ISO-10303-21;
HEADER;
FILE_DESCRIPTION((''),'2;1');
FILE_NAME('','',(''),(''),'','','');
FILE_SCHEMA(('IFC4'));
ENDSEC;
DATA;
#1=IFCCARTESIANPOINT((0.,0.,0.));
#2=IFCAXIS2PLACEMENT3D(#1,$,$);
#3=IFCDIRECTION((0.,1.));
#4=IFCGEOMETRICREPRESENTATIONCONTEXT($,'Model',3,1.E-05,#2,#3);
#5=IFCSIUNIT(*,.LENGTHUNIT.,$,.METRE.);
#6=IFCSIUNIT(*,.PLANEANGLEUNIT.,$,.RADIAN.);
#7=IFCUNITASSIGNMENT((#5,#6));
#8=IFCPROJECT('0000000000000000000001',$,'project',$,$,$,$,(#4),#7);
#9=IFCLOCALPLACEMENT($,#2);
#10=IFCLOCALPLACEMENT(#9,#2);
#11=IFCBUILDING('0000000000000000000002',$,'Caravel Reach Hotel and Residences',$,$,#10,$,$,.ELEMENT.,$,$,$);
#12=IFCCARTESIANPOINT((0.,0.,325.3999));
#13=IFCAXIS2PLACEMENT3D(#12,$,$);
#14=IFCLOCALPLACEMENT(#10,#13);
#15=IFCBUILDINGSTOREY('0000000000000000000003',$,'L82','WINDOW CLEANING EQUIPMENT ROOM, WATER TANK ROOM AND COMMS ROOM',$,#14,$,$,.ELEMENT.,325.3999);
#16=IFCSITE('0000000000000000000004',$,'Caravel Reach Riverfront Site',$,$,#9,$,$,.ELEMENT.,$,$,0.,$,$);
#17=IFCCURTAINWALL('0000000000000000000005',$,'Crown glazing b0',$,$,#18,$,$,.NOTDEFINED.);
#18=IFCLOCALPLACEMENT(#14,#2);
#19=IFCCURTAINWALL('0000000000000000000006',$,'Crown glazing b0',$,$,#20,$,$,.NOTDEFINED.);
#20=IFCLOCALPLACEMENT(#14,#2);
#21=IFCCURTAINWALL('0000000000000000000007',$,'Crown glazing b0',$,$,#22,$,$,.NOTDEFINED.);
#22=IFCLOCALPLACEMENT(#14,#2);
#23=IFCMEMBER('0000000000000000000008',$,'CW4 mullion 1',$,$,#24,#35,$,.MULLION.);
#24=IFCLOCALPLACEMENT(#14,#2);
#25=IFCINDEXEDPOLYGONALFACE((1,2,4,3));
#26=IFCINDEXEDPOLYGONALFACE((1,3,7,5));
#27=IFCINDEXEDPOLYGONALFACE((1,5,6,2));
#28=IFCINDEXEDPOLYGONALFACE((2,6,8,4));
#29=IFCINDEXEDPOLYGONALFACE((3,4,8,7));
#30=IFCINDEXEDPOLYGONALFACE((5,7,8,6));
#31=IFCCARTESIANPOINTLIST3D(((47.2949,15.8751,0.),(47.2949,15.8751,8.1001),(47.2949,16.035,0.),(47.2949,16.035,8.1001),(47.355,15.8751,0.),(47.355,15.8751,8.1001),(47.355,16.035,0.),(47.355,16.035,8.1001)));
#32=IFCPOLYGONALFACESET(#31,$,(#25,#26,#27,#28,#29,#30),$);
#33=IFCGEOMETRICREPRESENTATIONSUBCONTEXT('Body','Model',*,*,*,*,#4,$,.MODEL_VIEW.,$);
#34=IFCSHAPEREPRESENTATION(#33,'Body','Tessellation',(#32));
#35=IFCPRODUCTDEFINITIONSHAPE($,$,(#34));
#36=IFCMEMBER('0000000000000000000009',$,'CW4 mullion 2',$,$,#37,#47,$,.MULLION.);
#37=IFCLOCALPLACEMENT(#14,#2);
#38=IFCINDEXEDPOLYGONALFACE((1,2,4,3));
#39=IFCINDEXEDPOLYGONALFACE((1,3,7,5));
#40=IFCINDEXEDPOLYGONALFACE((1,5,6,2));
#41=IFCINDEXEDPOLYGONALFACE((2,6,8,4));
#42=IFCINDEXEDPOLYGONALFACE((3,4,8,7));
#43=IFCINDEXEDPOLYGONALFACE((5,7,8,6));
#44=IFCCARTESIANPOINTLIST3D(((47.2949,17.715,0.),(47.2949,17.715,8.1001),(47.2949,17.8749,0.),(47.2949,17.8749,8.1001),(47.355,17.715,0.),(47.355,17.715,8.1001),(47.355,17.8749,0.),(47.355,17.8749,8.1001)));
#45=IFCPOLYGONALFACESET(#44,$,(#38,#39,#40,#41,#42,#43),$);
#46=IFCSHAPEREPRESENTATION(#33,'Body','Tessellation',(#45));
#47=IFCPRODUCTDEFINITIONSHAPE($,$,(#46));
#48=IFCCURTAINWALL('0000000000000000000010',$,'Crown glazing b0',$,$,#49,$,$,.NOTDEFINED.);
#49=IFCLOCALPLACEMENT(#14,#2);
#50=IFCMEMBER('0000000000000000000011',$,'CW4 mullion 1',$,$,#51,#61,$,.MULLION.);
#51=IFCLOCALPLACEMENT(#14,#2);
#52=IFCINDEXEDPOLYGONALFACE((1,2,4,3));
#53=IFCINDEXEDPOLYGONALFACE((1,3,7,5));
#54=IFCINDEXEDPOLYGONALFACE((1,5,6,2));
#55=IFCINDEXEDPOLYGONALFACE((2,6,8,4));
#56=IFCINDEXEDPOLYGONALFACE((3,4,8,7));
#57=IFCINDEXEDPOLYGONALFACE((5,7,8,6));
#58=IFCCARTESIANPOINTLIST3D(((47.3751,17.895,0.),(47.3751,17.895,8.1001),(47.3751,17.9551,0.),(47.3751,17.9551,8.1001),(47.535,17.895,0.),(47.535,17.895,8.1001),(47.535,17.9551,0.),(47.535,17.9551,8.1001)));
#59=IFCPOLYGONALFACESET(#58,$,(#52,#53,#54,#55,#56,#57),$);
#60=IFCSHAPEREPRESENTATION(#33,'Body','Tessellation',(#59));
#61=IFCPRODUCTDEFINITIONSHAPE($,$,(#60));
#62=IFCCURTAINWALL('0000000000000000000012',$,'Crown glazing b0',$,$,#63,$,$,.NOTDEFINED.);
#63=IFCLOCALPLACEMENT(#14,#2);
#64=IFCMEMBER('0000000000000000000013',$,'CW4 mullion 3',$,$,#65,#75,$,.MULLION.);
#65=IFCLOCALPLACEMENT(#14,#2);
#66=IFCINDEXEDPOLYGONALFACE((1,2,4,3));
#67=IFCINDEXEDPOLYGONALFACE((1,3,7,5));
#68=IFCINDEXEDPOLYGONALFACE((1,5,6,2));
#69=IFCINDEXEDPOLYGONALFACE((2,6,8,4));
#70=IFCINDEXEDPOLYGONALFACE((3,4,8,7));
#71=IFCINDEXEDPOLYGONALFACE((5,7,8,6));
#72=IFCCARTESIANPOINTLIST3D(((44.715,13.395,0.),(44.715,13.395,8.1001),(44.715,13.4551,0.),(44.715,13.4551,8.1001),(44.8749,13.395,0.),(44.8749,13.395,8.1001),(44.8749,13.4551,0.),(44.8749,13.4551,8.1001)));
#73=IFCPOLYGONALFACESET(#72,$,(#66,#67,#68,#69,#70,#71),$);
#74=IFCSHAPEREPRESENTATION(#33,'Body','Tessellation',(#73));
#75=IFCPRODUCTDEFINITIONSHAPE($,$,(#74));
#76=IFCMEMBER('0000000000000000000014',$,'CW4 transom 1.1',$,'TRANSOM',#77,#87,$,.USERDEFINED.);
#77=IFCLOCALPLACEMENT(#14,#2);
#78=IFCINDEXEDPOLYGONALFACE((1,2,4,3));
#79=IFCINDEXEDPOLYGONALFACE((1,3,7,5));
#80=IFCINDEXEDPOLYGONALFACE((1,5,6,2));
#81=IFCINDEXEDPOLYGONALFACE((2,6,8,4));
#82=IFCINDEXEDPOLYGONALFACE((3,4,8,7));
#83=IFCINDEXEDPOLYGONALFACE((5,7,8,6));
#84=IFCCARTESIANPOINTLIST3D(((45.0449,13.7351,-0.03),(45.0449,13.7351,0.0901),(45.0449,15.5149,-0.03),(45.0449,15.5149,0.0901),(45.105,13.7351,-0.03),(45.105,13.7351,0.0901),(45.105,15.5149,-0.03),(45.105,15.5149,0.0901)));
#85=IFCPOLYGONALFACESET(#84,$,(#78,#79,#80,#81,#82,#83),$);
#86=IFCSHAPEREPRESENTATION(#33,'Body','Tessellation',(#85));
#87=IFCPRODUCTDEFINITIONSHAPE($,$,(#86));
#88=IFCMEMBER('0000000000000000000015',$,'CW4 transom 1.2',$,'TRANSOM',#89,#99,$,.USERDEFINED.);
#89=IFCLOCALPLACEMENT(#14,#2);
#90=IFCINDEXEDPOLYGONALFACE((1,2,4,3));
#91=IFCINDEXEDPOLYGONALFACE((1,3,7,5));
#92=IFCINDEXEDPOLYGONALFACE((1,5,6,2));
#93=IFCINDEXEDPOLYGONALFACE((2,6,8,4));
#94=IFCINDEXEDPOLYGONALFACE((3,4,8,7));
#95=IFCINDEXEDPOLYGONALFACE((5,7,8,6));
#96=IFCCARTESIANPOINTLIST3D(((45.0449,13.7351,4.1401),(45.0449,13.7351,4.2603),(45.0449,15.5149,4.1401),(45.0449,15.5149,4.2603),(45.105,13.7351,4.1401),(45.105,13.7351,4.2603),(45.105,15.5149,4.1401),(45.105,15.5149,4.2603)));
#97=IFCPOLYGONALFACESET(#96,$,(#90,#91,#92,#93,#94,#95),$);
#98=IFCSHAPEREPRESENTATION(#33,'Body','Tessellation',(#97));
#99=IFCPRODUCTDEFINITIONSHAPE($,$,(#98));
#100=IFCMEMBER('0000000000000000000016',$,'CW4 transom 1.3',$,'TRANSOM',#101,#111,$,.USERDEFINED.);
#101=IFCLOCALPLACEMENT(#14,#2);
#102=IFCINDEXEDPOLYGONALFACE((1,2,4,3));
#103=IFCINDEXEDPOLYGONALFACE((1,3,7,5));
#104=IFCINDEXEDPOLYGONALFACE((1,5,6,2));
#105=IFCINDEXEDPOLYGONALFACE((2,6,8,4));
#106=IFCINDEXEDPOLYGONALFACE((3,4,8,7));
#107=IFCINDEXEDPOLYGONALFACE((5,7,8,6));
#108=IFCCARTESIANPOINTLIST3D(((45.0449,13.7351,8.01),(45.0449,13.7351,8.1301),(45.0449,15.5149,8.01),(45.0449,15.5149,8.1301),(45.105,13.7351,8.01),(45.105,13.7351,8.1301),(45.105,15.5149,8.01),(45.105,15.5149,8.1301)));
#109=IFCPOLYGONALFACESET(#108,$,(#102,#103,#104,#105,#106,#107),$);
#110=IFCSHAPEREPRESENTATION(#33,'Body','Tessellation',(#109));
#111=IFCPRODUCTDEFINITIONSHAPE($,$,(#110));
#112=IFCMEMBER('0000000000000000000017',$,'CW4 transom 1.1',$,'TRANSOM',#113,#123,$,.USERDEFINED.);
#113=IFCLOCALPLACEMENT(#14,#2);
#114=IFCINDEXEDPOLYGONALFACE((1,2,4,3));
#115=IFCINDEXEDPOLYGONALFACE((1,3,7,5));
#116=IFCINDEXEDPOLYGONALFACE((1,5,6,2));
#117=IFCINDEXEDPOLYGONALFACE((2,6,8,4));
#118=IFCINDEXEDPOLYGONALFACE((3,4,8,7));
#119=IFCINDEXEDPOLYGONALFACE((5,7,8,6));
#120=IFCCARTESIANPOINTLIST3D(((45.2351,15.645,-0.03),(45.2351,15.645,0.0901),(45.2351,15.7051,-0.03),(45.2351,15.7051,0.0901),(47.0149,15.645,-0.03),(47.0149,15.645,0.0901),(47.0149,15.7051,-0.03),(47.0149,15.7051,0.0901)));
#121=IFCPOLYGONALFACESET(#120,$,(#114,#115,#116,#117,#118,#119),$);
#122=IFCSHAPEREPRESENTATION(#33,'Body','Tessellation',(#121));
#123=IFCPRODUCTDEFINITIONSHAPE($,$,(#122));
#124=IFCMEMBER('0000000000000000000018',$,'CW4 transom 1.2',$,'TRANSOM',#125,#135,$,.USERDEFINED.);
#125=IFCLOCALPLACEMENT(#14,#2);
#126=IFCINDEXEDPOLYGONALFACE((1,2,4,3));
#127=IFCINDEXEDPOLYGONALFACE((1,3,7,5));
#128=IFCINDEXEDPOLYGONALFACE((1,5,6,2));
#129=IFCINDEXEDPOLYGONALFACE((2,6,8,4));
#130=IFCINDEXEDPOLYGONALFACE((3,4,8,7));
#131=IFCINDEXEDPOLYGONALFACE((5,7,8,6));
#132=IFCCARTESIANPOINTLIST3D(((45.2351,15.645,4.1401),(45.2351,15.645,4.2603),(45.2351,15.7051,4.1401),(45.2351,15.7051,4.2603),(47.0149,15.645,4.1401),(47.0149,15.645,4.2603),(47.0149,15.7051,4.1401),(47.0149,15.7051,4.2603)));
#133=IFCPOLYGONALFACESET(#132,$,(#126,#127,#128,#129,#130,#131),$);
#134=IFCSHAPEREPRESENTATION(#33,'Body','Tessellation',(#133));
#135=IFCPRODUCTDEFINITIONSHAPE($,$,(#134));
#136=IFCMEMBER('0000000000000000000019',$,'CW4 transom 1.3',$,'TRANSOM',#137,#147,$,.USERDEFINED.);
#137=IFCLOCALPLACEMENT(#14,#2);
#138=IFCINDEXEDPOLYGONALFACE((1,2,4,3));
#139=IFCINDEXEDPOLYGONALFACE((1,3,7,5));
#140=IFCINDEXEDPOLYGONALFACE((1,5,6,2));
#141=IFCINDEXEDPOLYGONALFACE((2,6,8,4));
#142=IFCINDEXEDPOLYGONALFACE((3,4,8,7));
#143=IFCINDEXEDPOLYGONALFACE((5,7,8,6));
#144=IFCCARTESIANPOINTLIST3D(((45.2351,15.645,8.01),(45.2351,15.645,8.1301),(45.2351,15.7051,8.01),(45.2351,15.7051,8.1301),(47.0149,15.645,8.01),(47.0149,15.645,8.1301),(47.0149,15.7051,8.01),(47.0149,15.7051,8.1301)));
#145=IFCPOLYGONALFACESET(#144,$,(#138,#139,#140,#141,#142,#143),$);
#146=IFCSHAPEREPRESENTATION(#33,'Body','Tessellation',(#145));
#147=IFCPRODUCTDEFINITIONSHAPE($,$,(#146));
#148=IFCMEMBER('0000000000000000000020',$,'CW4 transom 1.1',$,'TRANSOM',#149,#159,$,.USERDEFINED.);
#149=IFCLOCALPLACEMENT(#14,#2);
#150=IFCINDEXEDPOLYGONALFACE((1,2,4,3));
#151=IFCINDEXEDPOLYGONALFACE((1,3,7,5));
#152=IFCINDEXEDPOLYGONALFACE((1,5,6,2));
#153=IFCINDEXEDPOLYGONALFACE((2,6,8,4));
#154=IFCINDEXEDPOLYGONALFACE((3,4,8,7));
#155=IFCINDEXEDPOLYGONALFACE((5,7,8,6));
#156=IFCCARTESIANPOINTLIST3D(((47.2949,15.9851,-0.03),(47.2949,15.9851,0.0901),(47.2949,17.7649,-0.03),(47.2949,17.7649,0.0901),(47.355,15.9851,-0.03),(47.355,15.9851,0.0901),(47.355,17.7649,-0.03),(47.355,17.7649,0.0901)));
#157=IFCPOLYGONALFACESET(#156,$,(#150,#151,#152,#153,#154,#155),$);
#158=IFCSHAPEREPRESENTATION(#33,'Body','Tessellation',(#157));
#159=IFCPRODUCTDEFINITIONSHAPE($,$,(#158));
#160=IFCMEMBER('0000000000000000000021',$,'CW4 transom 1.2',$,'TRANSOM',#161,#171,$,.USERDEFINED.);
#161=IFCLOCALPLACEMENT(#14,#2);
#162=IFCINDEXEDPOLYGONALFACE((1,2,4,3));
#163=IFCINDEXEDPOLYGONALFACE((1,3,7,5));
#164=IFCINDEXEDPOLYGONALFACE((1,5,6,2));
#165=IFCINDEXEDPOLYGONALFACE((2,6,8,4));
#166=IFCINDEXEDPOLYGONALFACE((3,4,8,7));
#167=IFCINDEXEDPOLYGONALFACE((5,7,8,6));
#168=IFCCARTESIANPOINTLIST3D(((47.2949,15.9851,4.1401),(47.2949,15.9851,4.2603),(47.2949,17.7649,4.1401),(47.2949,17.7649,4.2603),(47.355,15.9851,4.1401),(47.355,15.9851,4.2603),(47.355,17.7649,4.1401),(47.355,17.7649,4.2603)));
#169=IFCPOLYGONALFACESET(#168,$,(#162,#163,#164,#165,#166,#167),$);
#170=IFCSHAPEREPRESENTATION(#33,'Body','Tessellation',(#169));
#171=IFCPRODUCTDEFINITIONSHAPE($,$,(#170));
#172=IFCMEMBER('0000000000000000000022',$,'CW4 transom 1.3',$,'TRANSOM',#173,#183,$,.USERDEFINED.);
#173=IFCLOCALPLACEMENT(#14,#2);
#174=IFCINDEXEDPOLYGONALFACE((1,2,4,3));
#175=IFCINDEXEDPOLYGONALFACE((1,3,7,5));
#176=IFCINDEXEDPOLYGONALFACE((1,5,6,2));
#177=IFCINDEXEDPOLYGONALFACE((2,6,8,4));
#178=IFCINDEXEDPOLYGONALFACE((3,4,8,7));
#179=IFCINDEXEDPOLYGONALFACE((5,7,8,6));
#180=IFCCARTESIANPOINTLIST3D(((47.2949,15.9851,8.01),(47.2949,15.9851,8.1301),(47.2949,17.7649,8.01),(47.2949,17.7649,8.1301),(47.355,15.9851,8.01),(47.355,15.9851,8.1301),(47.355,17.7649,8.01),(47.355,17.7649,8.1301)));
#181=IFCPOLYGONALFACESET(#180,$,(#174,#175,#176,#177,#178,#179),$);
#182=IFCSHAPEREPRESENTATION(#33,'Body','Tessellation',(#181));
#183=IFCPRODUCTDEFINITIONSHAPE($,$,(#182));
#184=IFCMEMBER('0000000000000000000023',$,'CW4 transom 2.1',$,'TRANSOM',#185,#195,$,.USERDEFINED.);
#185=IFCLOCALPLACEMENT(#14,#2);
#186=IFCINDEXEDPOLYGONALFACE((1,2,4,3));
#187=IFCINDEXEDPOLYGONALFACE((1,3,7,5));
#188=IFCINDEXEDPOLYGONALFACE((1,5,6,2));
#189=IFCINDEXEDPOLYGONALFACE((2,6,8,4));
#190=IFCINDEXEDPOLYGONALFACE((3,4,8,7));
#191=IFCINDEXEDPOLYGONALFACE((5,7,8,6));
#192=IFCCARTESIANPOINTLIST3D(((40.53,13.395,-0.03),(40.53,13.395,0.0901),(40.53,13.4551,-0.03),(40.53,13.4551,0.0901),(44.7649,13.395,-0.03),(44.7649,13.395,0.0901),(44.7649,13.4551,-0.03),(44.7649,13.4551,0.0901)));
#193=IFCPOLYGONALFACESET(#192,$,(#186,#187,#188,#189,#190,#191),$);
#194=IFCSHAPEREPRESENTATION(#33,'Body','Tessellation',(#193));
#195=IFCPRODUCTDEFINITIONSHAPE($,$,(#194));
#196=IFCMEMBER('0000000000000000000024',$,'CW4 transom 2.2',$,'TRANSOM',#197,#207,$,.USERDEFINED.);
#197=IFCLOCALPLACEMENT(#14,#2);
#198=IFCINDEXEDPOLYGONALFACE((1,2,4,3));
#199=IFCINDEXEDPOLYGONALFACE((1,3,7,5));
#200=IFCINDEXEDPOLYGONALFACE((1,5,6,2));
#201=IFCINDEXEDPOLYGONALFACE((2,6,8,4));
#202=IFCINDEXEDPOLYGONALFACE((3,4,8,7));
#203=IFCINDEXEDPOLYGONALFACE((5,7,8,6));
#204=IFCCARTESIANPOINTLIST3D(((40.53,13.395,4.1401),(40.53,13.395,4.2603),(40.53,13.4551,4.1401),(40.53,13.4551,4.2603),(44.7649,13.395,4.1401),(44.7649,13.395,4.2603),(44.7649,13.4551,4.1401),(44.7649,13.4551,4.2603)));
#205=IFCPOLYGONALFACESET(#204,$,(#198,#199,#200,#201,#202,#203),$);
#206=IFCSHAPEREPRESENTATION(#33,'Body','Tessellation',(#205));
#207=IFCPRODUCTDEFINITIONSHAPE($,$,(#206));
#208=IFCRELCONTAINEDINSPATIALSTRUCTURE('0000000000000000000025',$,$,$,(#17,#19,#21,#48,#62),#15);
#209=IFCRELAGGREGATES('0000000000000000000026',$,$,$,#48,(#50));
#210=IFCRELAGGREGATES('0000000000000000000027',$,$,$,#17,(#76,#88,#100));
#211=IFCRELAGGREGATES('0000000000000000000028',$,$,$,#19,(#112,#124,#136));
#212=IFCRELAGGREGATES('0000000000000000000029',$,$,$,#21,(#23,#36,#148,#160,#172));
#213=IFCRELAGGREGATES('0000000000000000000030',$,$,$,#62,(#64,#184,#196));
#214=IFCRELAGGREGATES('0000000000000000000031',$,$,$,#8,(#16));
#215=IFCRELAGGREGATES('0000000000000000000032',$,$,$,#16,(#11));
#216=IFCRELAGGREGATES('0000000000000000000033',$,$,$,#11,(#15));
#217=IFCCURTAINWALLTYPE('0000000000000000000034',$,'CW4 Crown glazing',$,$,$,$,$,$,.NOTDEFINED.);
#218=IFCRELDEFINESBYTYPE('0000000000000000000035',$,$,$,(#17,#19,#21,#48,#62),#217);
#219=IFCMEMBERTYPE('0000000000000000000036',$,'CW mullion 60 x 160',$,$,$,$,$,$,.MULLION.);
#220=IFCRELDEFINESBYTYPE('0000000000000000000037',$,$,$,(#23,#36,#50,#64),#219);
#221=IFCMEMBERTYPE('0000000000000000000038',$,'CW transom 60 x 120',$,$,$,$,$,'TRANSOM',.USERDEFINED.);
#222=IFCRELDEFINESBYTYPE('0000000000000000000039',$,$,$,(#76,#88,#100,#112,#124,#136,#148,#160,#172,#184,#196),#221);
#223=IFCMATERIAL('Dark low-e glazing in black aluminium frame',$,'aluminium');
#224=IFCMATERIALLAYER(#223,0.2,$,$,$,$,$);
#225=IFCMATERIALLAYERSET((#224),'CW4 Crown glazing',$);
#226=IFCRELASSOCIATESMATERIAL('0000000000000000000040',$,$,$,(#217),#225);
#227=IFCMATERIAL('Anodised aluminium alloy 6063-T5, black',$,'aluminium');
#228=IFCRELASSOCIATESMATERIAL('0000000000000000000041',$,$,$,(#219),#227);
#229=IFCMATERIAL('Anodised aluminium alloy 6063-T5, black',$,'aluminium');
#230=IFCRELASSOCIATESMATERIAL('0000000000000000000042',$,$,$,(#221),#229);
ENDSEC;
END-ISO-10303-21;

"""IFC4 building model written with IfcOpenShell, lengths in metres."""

from ifc_helpers import new_model, si_unit, direction, frame, origin, origin_2d, place, context, subcontext, project, spatial, rectangle, extrude, material, layer, layer_set, material_profile, profile_set, type_object, element, aggregate, save


model = new_model("IFC4")

# Units and contexts
model_context = context("Model", 3, precision=1e-05, world=origin(), true_north=direction((0.0, 1.0)))
body_context = subcontext(model_context, "Body", "Model", "MODEL_VIEW")
ifc_project = project(units=[si_unit("LENGTHUNIT", "METRE"), si_unit("PLANEANGLEUNIT", "RADIAN")], contexts=[model_context])

# Site, building, storey
site_placement = place(None, origin())
site = spatial("IfcSite", under=ifc_project, at=site_placement, Name="Caravel Reach Riverfront Site", CompositionType="ELEMENT", RefElevation=0.0)
building_placement = place(site_placement, origin())
building = spatial("IfcBuilding", under=site, at=building_placement, Name="Caravel Reach Hotel and Residences", CompositionType="ELEMENT")
storey_placement = place(building_placement, frame((0.0, 0.0, 325.3999)))
storey = spatial("IfcBuildingStorey", under=building, at=storey_placement, Name="L82", Description="WINDOW CLEANING EQUIPMENT ROOM, WATER TANK ROOM AND COMMS ROOM", CompositionType="ELEMENT", Elevation=325.3999)

# Curtain walls, members
ifc_material_1 = material(Name="Dark low-e glazing in black aluminium frame", Category="aluminium")
ifc_layer_1 = layer(ifc_material_1, 0.2)
ifc_layer_set_1 = layer_set([ifc_layer_1], Name="CW4 Crown glazing")
curtain_wall_type = type_object("IfcCurtainWallType", Name="CW4 Crown glazing", PredefinedType="NOTDEFINED", material=ifc_layer_set_1)
curtain_wall_1_placement = place(storey_placement, origin())
curtain_wall_1 = element("IfcCurtainWall", 1, at=curtain_wall_1_placement, inside=storey, type_object=curtain_wall_type, Name="Crown glazing b0", PredefinedType="NOTDEFINED")
ifc_material_2 = material(Name="Anodised aluminium alloy 6063-T5, black", Category="aluminium")
ifc_material_profile_1 = material_profile(ifc_material_2, rectangle(XDim=0.0601, YDim=0.1599, at=origin_2d()), Name="CW mullion 60 x 160")
ifc_profile_set_1 = profile_set([ifc_material_profile_1], Name="Anodised aluminium alloy 6063-T5, black")
member_type_1 = type_object("IfcMemberType", Name="CW mullion 60 x 160", PredefinedType="MULLION", material=ifc_profile_set_1)
curtain_wall_2_placement = place(storey_placement, origin())
curtain_wall_2 = element("IfcCurtainWall", 2, at=curtain_wall_2_placement, inside=storey, type_object=curtain_wall_type, Name="Crown glazing b0", PredefinedType="NOTDEFINED")
curtain_wall_3_placement = place(storey_placement, origin())
curtain_wall_3 = element("IfcCurtainWall", 3, at=curtain_wall_3_placement, inside=storey, type_object=curtain_wall_type, Name="Crown glazing b0", PredefinedType="NOTDEFINED")
member_1_placement = place(storey_placement, frame((47.325, 15.9551, 0.0), z_axis=(0.0, 0.0, 1.0), x_axis=(-1.0, 0.0, 0.0)))
member_1 = element("IfcMember", 4, at=member_1_placement, type_object=member_type_1, Name="CW4 mullion 1", PredefinedType="MULLION", context=body_context, shape_type="SweptSolid", body=[
    extrude(rectangle(XDim=0.0601, YDim=0.1599, at=origin_2d()), origin(), (0.0, 0.0, 1.0), 8.1001),
])
member_2_placement = place(storey_placement, frame((47.325, 17.7949, 0.0), z_axis=(0.0, 0.0, 1.0), x_axis=(-1.0, 0.0, 0.0)))
member_2 = element("IfcMember", 5, at=member_2_placement, type_object=member_type_1, Name="CW4 mullion 2", PredefinedType="MULLION", context=body_context, shape_type="SweptSolid", body=[
    extrude(rectangle(XDim=0.0601, YDim=0.1599, at=origin_2d()), origin(), (0.0, 0.0, 1.0), 8.1001),
])

# Curtain walls, members
curtain_wall_4_placement = place(storey_placement, origin())
curtain_wall_4 = element("IfcCurtainWall", 6, at=curtain_wall_4_placement, inside=storey, type_object=curtain_wall_type, Name="Crown glazing b0", PredefinedType="NOTDEFINED")
member_3_placement = place(storey_placement, frame((47.4551, 17.925, 0.0), z_axis=(0.0, 0.0, 1.0), x_axis=(0.0, 1.0, 0.0)))
member_3 = element("IfcMember", 7, at=member_3_placement, type_object=member_type_1, Name="CW4 mullion 1", PredefinedType="MULLION", context=body_context, shape_type="SweptSolid", body=[
    extrude(rectangle(XDim=0.0601, YDim=0.1599, at=origin_2d()), origin(), (0.0, 0.0, 1.0), 8.1001),
])
aggregate(curtain_wall_4, [member_3])
curtain_wall_5_placement = place(storey_placement, origin())
curtain_wall_5 = element("IfcCurtainWall", 8, at=curtain_wall_5_placement, inside=storey, type_object=curtain_wall_type, Name="Crown glazing b0", PredefinedType="NOTDEFINED")
member_4_placement = place(storey_placement, frame((44.7949, 13.425, 0.0), z_axis=(0.0, 0.0, 1.0), x_axis=(0.0, 1.0, 0.0)))
member_4 = element("IfcMember", 9, at=member_4_placement, type_object=member_type_1, Name="CW4 mullion 3", PredefinedType="MULLION", context=body_context, shape_type="SweptSolid", body=[
    extrude(rectangle(XDim=0.0601, YDim=0.1599, at=origin_2d()), origin(), (0.0, 0.0, 1.0), 8.1001),
])

# Members
ifc_material_3 = material(Name="Anodised aluminium alloy 6063-T5, black", Category="aluminium")
ifc_material_profile_2 = material_profile(ifc_material_3, rectangle(XDim=0.0601, YDim=0.1201, at=origin_2d()), Name="CW transom 60 x 120")
ifc_profile_set_2 = profile_set([ifc_material_profile_2], Name="Anodised aluminium alloy 6063-T5, black")
member_type_2 = type_object("IfcMemberType", Name="CW transom 60 x 120", ElementType="TRANSOM", PredefinedType="USERDEFINED", material=ifc_profile_set_2)
member_5_placement = place(storey_placement, frame((45.075, 13.7351, 0.03), z_axis=(0.0, 1.0, 0.0), x_axis=(-1.0, 0.0, 0.0)))
member_5 = element("IfcMember", 10, at=member_5_placement, type_object=member_type_2, Name="CW4 transom 1.1", ObjectType="TRANSOM", PredefinedType="USERDEFINED", context=body_context, shape_type="SweptSolid", body=[
    extrude(rectangle(XDim=0.0601, YDim=0.1201, at=origin_2d()), origin(), (0.0, 0.0, 1.0), 1.7798),
])
member_6_placement = place(storey_placement, frame((45.075, 13.7351, 4.2002), z_axis=(0.0, 1.0, 0.0), x_axis=(-1.0, 0.0, 0.0)))
member_6 = element("IfcMember", 11, at=member_6_placement, type_object=member_type_2, Name="CW4 transom 1.2", ObjectType="TRANSOM", PredefinedType="USERDEFINED", context=body_context, shape_type="SweptSolid", body=[
    extrude(rectangle(XDim=0.0601, YDim=0.1201, at=origin_2d()), origin(), (0.0, 0.0, 1.0), 1.7798),
])
member_7_placement = place(storey_placement, frame((45.075, 13.7351, 8.0701), z_axis=(0.0, 1.0, 0.0), x_axis=(-1.0, 0.0, 0.0)))
member_7 = element("IfcMember", 12, at=member_7_placement, type_object=member_type_2, Name="CW4 transom 1.3", ObjectType="TRANSOM", PredefinedType="USERDEFINED", context=body_context, shape_type="SweptSolid", body=[
    extrude(rectangle(XDim=0.0601, YDim=0.1201, at=origin_2d()), origin(), (0.0, 0.0, 1.0), 1.7798),
])
member_8_placement = place(storey_placement, frame((45.2351, 15.675, 0.03), z_axis=(1.0, 0.0, 0.0), x_axis=(0.0, 1.0, 0.0)))
member_8 = element("IfcMember", 13, at=member_8_placement, type_object=member_type_2, Name="CW4 transom 1.1", ObjectType="TRANSOM", PredefinedType="USERDEFINED", context=body_context, shape_type="SweptSolid", body=[
    extrude(rectangle(XDim=0.0601, YDim=0.1201, at=origin_2d()), origin(), (0.0, 0.0, 1.0), 1.7798),
])
member_9_placement = place(storey_placement, frame((45.2351, 15.675, 4.2002), z_axis=(1.0, 0.0, 0.0), x_axis=(0.0, 1.0, 0.0)))
member_9 = element("IfcMember", 14, at=member_9_placement, type_object=member_type_2, Name="CW4 transom 1.2", ObjectType="TRANSOM", PredefinedType="USERDEFINED", context=body_context, shape_type="SweptSolid", body=[
    extrude(rectangle(XDim=0.0601, YDim=0.1201, at=origin_2d()), origin(), (0.0, 0.0, 1.0), 1.7798),
])
member_10_placement = place(storey_placement, frame((45.2351, 15.675, 8.0701), z_axis=(1.0, 0.0, 0.0), x_axis=(0.0, 1.0, 0.0)))
member_10 = element("IfcMember", 15, at=member_10_placement, type_object=member_type_2, Name="CW4 transom 1.3", ObjectType="TRANSOM", PredefinedType="USERDEFINED", context=body_context, shape_type="SweptSolid", body=[
    extrude(rectangle(XDim=0.0601, YDim=0.1201, at=origin_2d()), origin(), (0.0, 0.0, 1.0), 1.7798),
])
member_11_placement = place(storey_placement, frame((47.325, 15.9851, 0.03), z_axis=(0.0, 1.0, 0.0), x_axis=(-1.0, 0.0, 0.0)))
member_11 = element("IfcMember", 16, at=member_11_placement, type_object=member_type_2, Name="CW4 transom 1.1", ObjectType="TRANSOM", PredefinedType="USERDEFINED", context=body_context, shape_type="SweptSolid", body=[
    extrude(rectangle(XDim=0.0601, YDim=0.1201, at=origin_2d()), origin(), (0.0, 0.0, 1.0), 1.7798),
])
member_12_placement = place(storey_placement, frame((47.325, 15.9851, 4.2002), z_axis=(0.0, 1.0, 0.0), x_axis=(-1.0, 0.0, 0.0)))
member_12 = element("IfcMember", 17, at=member_12_placement, type_object=member_type_2, Name="CW4 transom 1.2", ObjectType="TRANSOM", PredefinedType="USERDEFINED", context=body_context, shape_type="SweptSolid", body=[
    extrude(rectangle(XDim=0.0601, YDim=0.1201, at=origin_2d()), origin(), (0.0, 0.0, 1.0), 1.7798),
])
member_13_placement = place(storey_placement, frame((47.325, 15.9851, 8.0701), z_axis=(0.0, 1.0, 0.0), x_axis=(-1.0, 0.0, 0.0)))
member_13 = element("IfcMember", 18, at=member_13_placement, type_object=member_type_2, Name="CW4 transom 1.3", ObjectType="TRANSOM", PredefinedType="USERDEFINED", context=body_context, shape_type="SweptSolid", body=[
    extrude(rectangle(XDim=0.0601, YDim=0.1201, at=origin_2d()), origin(), (0.0, 0.0, 1.0), 1.7798),
])
member_14_placement = place(storey_placement, frame((40.53, 13.425, 0.03), z_axis=(1.0, 0.0, 0.0), x_axis=(0.0, 1.0, 0.0)))
member_14 = element("IfcMember", 19, at=member_14_placement, type_object=member_type_2, Name="CW4 transom 2.1", ObjectType="TRANSOM", PredefinedType="USERDEFINED", context=body_context, shape_type="SweptSolid", body=[
    extrude(rectangle(XDim=0.0601, YDim=0.1201, at=origin_2d()), origin(), (0.0, 0.0, 1.0), 4.2349),
])
member_15_placement = place(storey_placement, frame((40.53, 13.425, 4.2002), z_axis=(1.0, 0.0, 0.0), x_axis=(0.0, 1.0, 0.0)))
member_15 = element("IfcMember", 20, at=member_15_placement, type_object=member_type_2, Name="CW4 transom 2.2", ObjectType="TRANSOM", PredefinedType="USERDEFINED", context=body_context, shape_type="SweptSolid", body=[
    extrude(rectangle(XDim=0.0601, YDim=0.1201, at=origin_2d()), origin(), (0.0, 0.0, 1.0), 4.2349),
])

aggregate(curtain_wall_1, [member_5, member_6, member_7])
aggregate(curtain_wall_2, [member_8, member_9, member_10])
aggregate(curtain_wall_3, [member_1, member_2, member_11, member_12, member_13])
aggregate(curtain_wall_5, [member_4, member_14, member_15])

save(model, "model.ifc")
